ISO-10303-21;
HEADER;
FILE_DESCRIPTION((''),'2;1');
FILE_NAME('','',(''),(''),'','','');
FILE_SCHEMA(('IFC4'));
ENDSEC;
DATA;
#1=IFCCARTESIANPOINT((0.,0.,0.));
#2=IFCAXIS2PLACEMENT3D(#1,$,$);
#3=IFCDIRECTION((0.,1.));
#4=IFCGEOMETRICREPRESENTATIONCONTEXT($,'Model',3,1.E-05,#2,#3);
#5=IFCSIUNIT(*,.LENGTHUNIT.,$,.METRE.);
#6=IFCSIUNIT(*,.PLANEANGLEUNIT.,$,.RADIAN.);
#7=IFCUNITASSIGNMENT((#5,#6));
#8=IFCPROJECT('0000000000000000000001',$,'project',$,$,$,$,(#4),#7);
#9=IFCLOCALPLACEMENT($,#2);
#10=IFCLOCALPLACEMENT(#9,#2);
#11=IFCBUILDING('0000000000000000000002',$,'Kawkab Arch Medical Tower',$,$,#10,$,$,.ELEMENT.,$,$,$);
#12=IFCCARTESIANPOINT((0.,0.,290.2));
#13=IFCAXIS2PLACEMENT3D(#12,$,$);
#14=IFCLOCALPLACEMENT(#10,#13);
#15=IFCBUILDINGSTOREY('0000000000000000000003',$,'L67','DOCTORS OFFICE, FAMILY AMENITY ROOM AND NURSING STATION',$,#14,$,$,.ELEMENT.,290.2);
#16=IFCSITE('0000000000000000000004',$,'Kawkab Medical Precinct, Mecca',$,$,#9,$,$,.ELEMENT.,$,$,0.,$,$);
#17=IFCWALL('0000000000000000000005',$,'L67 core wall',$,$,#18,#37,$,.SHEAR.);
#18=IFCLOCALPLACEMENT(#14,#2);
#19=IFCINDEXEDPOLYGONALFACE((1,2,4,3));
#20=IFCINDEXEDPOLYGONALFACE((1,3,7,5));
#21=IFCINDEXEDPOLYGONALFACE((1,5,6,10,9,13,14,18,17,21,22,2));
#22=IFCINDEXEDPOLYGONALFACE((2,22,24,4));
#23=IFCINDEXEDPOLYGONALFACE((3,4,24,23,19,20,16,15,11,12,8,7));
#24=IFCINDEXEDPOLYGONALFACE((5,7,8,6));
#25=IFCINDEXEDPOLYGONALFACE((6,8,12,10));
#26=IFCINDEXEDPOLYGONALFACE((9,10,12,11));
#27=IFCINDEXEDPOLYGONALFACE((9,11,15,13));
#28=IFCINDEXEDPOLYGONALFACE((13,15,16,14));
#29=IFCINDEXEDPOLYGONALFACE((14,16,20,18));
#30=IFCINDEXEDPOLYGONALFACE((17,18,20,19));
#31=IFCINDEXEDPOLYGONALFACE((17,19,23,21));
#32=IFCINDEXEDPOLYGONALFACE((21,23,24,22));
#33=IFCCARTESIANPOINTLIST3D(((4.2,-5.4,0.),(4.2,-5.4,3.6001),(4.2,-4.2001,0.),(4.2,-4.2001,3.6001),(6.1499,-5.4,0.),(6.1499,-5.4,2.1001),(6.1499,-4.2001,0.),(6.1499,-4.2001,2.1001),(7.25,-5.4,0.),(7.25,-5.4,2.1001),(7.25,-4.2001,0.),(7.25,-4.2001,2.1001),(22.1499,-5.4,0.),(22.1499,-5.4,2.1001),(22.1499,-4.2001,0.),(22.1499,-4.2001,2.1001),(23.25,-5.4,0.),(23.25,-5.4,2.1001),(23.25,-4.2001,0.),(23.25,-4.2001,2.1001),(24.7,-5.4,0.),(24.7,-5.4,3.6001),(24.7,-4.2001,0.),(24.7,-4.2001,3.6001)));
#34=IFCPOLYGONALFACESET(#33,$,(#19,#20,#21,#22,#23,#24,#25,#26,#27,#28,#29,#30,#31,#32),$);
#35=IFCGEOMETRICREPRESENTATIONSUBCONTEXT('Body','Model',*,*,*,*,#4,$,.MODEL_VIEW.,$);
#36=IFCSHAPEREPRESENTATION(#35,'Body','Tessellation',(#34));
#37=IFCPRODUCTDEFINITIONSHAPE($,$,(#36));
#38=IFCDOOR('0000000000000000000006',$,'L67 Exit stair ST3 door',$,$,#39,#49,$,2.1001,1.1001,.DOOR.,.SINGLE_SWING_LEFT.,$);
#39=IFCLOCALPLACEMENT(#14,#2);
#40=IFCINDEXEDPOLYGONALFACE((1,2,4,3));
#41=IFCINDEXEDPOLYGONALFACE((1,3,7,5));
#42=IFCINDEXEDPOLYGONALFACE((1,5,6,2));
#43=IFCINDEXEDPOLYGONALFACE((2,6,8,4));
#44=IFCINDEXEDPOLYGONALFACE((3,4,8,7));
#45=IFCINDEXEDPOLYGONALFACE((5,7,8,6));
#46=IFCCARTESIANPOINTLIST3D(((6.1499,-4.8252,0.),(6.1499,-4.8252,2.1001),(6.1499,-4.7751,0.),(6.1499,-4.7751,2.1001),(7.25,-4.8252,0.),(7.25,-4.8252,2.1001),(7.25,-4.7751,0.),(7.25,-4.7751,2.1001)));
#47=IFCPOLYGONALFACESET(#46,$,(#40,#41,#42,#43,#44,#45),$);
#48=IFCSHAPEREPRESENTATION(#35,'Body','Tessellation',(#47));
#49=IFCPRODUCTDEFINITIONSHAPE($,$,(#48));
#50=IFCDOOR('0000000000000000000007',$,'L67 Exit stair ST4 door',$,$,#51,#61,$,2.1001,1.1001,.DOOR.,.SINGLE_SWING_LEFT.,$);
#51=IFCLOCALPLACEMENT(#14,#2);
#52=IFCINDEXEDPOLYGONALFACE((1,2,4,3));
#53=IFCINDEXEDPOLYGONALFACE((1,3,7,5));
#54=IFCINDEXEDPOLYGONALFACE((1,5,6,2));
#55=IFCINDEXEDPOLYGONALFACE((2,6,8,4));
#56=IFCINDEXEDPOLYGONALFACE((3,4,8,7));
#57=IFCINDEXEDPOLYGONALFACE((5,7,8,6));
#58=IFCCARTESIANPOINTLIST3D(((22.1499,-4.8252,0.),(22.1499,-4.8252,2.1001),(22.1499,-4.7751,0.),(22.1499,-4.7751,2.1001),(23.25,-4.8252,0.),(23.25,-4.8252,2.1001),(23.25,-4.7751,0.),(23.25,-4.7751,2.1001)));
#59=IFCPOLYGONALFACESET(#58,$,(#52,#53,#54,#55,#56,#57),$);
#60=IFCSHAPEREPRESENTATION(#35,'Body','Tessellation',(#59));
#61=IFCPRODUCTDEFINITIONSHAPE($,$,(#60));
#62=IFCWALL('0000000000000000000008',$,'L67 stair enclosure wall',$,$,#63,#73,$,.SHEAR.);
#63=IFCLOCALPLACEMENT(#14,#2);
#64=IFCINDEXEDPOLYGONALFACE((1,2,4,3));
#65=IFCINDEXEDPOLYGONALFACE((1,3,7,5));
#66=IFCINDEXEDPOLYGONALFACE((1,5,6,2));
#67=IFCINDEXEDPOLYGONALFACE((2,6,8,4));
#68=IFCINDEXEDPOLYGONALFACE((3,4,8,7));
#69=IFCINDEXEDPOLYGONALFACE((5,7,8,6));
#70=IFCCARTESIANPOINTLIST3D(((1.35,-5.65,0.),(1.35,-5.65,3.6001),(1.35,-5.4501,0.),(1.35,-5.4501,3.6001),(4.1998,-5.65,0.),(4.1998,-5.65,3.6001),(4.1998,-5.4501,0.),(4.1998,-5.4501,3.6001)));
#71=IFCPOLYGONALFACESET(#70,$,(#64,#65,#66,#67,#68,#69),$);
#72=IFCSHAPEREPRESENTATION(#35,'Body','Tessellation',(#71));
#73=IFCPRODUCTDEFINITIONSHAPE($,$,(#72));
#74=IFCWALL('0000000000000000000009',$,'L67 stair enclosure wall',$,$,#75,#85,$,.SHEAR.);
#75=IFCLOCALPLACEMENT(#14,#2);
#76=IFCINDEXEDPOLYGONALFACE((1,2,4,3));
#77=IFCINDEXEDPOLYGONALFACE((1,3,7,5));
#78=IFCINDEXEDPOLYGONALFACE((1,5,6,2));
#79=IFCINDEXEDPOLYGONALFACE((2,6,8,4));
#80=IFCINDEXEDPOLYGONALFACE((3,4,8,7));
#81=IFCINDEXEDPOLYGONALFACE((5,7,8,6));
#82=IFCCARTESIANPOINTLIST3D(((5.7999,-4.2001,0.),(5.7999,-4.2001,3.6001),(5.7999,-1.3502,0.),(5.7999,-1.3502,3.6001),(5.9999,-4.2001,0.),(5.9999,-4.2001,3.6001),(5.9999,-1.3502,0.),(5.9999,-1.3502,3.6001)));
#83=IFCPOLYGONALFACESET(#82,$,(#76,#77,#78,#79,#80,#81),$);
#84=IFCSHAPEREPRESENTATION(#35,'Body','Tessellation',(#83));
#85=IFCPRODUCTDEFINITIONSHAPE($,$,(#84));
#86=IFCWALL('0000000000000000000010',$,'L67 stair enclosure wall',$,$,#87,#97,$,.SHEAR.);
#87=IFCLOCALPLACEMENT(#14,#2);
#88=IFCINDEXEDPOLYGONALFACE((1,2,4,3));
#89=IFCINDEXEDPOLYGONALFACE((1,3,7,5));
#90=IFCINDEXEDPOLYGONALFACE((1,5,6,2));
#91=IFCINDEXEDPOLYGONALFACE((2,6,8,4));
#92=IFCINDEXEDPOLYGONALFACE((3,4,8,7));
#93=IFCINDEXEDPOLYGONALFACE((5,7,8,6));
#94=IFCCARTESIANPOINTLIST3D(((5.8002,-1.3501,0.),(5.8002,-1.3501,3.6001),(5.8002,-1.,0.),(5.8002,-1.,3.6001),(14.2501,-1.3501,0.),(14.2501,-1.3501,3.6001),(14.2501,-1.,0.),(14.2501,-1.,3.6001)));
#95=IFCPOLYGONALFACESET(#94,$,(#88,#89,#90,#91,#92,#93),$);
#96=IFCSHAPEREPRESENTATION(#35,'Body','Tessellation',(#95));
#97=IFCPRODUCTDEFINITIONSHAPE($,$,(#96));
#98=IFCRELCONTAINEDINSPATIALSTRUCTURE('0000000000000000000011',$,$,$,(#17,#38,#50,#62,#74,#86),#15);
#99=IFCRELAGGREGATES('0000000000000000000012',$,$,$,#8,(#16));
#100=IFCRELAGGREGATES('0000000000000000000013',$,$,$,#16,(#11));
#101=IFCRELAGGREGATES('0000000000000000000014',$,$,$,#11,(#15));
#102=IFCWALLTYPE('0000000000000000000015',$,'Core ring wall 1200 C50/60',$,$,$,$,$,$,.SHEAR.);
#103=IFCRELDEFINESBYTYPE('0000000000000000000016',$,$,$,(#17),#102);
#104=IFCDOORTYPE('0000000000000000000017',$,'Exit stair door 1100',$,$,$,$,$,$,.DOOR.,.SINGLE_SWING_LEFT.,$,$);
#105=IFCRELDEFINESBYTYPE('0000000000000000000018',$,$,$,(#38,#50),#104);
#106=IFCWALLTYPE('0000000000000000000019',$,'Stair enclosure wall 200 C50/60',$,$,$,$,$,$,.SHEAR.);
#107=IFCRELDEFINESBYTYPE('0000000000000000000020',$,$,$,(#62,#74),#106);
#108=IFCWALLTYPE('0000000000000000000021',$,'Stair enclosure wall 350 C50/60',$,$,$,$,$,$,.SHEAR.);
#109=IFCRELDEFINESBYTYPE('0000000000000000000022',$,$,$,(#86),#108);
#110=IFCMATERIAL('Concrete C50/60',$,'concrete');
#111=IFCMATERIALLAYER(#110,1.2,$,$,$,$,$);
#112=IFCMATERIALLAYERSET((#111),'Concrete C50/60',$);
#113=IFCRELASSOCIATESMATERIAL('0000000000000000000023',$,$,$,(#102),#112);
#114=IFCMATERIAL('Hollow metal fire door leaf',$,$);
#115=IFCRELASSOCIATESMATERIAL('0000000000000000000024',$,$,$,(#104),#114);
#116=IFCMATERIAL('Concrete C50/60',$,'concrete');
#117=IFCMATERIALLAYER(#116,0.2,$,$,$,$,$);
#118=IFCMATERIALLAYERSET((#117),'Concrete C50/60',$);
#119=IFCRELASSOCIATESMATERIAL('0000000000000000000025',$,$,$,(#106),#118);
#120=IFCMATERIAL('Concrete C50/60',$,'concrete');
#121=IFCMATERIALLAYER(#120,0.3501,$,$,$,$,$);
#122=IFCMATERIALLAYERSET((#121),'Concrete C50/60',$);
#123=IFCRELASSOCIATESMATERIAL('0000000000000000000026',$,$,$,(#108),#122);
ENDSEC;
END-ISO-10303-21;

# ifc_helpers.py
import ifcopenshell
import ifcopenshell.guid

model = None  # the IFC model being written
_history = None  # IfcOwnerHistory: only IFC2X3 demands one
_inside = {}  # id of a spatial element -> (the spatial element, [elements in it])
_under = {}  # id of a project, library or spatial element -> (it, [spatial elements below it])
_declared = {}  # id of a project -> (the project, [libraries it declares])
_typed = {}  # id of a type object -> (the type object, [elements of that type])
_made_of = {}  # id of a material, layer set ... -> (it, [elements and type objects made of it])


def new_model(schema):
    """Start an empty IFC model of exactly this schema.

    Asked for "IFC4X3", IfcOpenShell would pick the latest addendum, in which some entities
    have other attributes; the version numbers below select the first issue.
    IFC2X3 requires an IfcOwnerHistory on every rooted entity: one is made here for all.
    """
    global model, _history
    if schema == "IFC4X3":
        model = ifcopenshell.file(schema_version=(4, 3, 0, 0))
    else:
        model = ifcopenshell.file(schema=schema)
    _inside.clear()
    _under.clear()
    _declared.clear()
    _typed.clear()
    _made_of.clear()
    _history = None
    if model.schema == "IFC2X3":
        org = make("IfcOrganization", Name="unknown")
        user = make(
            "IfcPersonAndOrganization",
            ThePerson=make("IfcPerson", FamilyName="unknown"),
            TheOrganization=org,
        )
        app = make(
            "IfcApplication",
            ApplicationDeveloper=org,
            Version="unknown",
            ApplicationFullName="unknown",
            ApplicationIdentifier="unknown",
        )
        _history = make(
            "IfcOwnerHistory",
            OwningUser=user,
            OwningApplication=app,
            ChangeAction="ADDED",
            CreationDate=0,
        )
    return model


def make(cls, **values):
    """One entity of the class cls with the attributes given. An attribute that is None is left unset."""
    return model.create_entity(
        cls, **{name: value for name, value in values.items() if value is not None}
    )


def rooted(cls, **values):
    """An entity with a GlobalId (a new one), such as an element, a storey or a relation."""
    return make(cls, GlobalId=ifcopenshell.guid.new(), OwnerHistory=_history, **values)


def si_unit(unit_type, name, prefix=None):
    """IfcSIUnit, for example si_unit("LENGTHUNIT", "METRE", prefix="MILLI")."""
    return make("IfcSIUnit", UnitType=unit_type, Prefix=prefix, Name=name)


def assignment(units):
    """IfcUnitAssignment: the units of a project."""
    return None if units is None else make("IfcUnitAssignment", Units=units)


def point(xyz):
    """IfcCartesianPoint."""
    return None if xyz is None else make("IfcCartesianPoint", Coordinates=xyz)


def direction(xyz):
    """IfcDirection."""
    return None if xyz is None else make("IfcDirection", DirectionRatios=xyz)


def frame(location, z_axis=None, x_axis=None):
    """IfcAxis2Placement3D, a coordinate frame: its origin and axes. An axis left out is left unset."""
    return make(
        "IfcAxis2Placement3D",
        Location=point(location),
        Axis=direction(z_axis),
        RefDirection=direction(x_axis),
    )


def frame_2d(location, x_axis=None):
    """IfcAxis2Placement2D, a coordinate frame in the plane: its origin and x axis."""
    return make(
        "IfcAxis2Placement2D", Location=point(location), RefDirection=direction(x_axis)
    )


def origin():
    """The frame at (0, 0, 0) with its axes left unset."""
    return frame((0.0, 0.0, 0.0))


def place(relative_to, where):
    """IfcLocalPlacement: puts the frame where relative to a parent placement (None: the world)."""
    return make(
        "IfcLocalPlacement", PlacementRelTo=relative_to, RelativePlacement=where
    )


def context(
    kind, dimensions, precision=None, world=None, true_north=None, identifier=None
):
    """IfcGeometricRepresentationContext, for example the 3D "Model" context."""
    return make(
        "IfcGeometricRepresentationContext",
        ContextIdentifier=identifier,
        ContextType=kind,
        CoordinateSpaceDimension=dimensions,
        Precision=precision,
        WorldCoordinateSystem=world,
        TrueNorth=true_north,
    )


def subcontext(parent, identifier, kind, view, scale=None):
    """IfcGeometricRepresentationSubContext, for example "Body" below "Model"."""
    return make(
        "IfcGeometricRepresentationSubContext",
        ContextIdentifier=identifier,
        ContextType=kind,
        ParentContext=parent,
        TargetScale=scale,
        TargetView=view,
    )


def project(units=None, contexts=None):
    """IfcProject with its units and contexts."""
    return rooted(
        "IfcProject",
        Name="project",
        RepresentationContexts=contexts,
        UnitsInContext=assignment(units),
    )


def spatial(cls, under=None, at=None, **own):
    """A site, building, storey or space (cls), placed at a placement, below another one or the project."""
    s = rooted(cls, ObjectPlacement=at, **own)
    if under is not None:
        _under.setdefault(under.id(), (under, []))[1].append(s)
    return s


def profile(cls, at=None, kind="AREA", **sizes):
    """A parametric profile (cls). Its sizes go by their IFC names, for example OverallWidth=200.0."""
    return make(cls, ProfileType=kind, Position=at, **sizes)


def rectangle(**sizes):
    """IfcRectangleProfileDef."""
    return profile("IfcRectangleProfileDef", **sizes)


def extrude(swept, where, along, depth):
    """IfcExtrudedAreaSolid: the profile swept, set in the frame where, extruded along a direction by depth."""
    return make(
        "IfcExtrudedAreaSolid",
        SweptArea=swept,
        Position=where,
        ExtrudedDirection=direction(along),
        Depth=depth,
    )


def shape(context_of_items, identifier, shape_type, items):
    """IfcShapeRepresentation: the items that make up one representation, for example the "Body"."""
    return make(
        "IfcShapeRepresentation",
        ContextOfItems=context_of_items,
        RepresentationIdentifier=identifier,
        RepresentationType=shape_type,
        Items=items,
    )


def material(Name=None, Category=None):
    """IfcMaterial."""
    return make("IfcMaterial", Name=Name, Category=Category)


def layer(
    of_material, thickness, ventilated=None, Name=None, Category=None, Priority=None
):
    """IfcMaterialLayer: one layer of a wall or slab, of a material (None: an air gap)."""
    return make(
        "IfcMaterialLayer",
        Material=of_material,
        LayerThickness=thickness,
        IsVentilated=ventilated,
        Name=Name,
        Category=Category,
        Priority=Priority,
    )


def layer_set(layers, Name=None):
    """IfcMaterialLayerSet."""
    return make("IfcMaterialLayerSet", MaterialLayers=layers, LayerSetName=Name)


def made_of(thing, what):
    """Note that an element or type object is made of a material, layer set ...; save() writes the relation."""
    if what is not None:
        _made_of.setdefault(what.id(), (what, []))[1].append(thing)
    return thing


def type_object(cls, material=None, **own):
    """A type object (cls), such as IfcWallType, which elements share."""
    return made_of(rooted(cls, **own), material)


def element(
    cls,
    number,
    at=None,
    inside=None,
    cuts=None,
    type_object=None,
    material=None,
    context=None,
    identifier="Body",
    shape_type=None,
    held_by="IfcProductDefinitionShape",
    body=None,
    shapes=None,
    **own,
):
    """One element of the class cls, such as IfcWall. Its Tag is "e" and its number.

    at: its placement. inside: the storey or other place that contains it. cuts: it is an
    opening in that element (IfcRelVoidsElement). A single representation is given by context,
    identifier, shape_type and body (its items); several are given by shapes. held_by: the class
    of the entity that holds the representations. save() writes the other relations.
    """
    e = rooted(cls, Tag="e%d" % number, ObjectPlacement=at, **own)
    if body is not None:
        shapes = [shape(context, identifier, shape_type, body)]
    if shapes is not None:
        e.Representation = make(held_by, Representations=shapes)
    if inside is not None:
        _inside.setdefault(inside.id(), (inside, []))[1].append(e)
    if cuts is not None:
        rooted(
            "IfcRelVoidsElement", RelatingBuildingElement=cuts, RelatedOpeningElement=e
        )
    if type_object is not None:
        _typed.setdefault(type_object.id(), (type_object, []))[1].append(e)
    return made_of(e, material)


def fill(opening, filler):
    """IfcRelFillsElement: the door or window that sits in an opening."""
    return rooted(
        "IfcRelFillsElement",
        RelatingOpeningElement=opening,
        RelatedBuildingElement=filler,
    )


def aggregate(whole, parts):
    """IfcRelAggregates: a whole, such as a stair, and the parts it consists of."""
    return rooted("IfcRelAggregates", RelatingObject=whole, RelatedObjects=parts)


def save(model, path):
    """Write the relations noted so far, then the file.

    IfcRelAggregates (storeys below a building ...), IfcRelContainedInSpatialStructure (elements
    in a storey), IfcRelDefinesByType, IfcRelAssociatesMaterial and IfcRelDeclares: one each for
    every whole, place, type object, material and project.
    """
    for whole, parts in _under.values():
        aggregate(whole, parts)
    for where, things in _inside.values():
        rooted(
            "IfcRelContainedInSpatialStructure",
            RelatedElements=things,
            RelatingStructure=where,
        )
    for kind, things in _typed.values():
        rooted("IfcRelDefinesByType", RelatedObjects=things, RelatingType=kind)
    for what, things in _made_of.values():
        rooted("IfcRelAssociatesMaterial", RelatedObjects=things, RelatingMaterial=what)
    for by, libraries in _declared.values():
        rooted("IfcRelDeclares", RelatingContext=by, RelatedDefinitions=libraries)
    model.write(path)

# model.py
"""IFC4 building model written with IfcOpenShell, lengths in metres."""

from ifc_helpers import new_model, si_unit, direction, frame, frame_2d, origin, place, context, subcontext, project, spatial, rectangle, extrude, material, layer, layer_set, type_object, element, fill, save


model = new_model("IFC4")

# Units and contexts
model_context = context("Model", 3, precision=1e-05, world=origin(), true_north=direction((0.0, 1.0)))
body_context = subcontext(model_context, "Body", "Model", "MODEL_VIEW")
ifc_project = project(units=[si_unit("LENGTHUNIT", "METRE"), si_unit("PLANEANGLEUNIT", "RADIAN")], contexts=[model_context])

# Site, building, storey
site_placement = place(None, origin())
site = spatial("IfcSite", under=ifc_project, at=site_placement, Name="Kawkab Medical Precinct, Mecca", CompositionType="ELEMENT", RefElevation=0.0)
building_placement = place(site_placement, origin())
building = spatial("IfcBuilding", under=site, at=building_placement, Name="Kawkab Arch Medical Tower", CompositionType="ELEMENT")
storey_placement = place(building_placement, frame((0.0, 0.0, 290.2)))
storey = spatial("IfcBuildingStorey", under=building, at=storey_placement, Name="L67", Description="DOCTORS OFFICE, FAMILY AMENITY ROOM AND NURSING STATION", CompositionType="ELEMENT", Elevation=290.2)

# Wall, openings, doors
ifc_material_1 = material(Name="Concrete C50/60", Category="concrete")
ifc_layer_1 = layer(ifc_material_1, 1.2)
ifc_layer_set_1 = layer_set([ifc_layer_1], Name="Concrete C50/60")
wall_type_1 = type_object("IfcWallType", Name="Core ring wall 1200 C50/60", PredefinedType="SHEAR", material=ifc_layer_set_1)
wall_1_placement = place(storey_placement, frame((4.2, -4.8, 0.0), z_axis=(0.0, 0.0, 1.0), x_axis=(1.0, 0.0, 0.0)))
wall_1 = element("IfcWall", 1, at=wall_1_placement, inside=storey, type_object=wall_type_1, Name="L67 core wall", PredefinedType="SHEAR", context=body_context, shape_type="SweptSolid", body=[
    extrude(rectangle(XDim=20.5, YDim=1.2, at=frame_2d((10.25, 0.0))), origin(), (0.0, 0.0, 1.0), 3.6001),
])
opening_1_placement = place(wall_1_placement, frame((1.95, 0.0, 0.0)))
opening_1 = element("IfcOpeningElement", 2, at=opening_1_placement, cuts=wall_1, PredefinedType="OPENING", context=body_context, shape_type="SweptSolid", body=[
    extrude(rectangle(XDim=1.1001, YDim=2.1001, at=frame_2d((0.55, 1.05))), frame((0.0, 0.6099, 0.0), z_axis=(0.0, -1.0, 0.0), x_axis=(1.0, 0.0, 0.0)), (0.0, 0.0, 1.0), 1.22),
])
opening_2_placement = place(wall_1_placement, frame((17.95, 0.0, 0.0)))
opening_2 = element("IfcOpeningElement", 3, at=opening_2_placement, cuts=wall_1, PredefinedType="OPENING", context=body_context, shape_type="SweptSolid", body=[
    extrude(rectangle(XDim=1.1001, YDim=2.1001, at=frame_2d((0.55, 1.05))), frame((0.0, 0.6099, 0.0), z_axis=(0.0, -1.0, 0.0), x_axis=(1.0, 0.0, 0.0)), (0.0, 0.0, 1.0), 1.22),
])
ifc_material_2 = material(Name="Hollow metal fire door leaf")
door_type = type_object("IfcDoorType", Name="Exit stair door 1100", OperationType="SINGLE_SWING_LEFT", PredefinedType="DOOR", material=ifc_material_2)
door_1_placement = place(opening_1_placement, origin())
door_1 = element("IfcDoor", 4, at=door_1_placement, inside=storey, type_object=door_type, Name="L67 Exit stair ST3 door", OperationType="SINGLE_SWING_LEFT", OverallHeight=2.1001, OverallWidth=1.1001, PredefinedType="DOOR", context=body_context, shape_type="SweptSolid", body=[
    extrude(rectangle(XDim=1.1001, YDim=2.1001, at=frame_2d((0.55, 1.05))), frame((0.0, 0.0249, 0.0), z_axis=(0.0, -1.0, 0.0), x_axis=(1.0, 0.0, 0.0)), (0.0, 0.0, 1.0), 0.05),
])
fill(opening_1, door_1)
door_2_placement = place(opening_2_placement, origin())
door_2 = element("IfcDoor", 5, at=door_2_placement, inside=storey, type_object=door_type, Name="L67 Exit stair ST4 door", OperationType="SINGLE_SWING_LEFT", OverallHeight=2.1001, OverallWidth=1.1001, PredefinedType="DOOR", context=body_context, shape_type="SweptSolid", body=[
    extrude(rectangle(XDim=1.1001, YDim=2.1001, at=frame_2d((0.55, 1.05))), frame((0.0, 0.0249, 0.0), z_axis=(0.0, -1.0, 0.0), x_axis=(1.0, 0.0, 0.0)), (0.0, 0.0, 1.0), 0.05),
])
fill(opening_2, door_2)

# Walls
ifc_material_3 = material(Name="Concrete C50/60", Category="concrete")
ifc_layer_2 = layer(ifc_material_3, 0.2)
ifc_layer_set_2 = layer_set([ifc_layer_2], Name="Concrete C50/60")
wall_type_2 = type_object("IfcWallType", Name="Stair enclosure wall 200 C50/60", PredefinedType="SHEAR", material=ifc_layer_set_2)
for number, where, z_axis, x_axis, name in (
    (6, (1.3501, -5.55, 0.0), (0.0, 0.0, 1.0), (1.0, 0.0, 0.0), "L67 stair enclosure wall"),
    (7, (5.8999, -4.2, 0.0), (0.0, 0.0, 1.0), (0.0, 1.0, 0.0), "L67 stair enclosure wall"),
):
    element("IfcWall", number, at=place(storey_placement, frame(where, z_axis=z_axis, x_axis=x_axis)), inside=storey, type_object=wall_type_2, Name=name, PredefinedType="SHEAR", context=body_context, shape_type="SweptSolid", body=[
        extrude(rectangle(XDim=2.8499, YDim=0.2, at=frame_2d((1.4248, 0.0))), origin(), (0.0, 0.0, 1.0), 3.6001),
    ])
ifc_material_4 = material(Name="Concrete C50/60", Category="concrete")
ifc_layer_3 = layer(ifc_material_4, 0.3501)
ifc_layer_set_3 = layer_set([ifc_layer_3], Name="Concrete C50/60")
wall_type_3 = type_object("IfcWallType", Name="Stair enclosure wall 350 C50/60", PredefinedType="SHEAR", material=ifc_layer_set_3)
wall_2_placement = place(storey_placement, frame((5.8, -1.175, 0.0), z_axis=(0.0, 0.0, 1.0), x_axis=(1.0, 0.0, 0.0)))
element("IfcWall", 8, at=wall_2_placement, inside=storey, type_object=wall_type_3, Name="L67 stair enclosure wall", PredefinedType="SHEAR", context=body_context, shape_type="SweptSolid", body=[
    extrude(rectangle(XDim=8.45, YDim=0.3501, at=frame_2d((4.2251, 0.0))), origin(), (0.0, 0.0, 1.0), 3.6001),
])

save(model, "model.ifc")
